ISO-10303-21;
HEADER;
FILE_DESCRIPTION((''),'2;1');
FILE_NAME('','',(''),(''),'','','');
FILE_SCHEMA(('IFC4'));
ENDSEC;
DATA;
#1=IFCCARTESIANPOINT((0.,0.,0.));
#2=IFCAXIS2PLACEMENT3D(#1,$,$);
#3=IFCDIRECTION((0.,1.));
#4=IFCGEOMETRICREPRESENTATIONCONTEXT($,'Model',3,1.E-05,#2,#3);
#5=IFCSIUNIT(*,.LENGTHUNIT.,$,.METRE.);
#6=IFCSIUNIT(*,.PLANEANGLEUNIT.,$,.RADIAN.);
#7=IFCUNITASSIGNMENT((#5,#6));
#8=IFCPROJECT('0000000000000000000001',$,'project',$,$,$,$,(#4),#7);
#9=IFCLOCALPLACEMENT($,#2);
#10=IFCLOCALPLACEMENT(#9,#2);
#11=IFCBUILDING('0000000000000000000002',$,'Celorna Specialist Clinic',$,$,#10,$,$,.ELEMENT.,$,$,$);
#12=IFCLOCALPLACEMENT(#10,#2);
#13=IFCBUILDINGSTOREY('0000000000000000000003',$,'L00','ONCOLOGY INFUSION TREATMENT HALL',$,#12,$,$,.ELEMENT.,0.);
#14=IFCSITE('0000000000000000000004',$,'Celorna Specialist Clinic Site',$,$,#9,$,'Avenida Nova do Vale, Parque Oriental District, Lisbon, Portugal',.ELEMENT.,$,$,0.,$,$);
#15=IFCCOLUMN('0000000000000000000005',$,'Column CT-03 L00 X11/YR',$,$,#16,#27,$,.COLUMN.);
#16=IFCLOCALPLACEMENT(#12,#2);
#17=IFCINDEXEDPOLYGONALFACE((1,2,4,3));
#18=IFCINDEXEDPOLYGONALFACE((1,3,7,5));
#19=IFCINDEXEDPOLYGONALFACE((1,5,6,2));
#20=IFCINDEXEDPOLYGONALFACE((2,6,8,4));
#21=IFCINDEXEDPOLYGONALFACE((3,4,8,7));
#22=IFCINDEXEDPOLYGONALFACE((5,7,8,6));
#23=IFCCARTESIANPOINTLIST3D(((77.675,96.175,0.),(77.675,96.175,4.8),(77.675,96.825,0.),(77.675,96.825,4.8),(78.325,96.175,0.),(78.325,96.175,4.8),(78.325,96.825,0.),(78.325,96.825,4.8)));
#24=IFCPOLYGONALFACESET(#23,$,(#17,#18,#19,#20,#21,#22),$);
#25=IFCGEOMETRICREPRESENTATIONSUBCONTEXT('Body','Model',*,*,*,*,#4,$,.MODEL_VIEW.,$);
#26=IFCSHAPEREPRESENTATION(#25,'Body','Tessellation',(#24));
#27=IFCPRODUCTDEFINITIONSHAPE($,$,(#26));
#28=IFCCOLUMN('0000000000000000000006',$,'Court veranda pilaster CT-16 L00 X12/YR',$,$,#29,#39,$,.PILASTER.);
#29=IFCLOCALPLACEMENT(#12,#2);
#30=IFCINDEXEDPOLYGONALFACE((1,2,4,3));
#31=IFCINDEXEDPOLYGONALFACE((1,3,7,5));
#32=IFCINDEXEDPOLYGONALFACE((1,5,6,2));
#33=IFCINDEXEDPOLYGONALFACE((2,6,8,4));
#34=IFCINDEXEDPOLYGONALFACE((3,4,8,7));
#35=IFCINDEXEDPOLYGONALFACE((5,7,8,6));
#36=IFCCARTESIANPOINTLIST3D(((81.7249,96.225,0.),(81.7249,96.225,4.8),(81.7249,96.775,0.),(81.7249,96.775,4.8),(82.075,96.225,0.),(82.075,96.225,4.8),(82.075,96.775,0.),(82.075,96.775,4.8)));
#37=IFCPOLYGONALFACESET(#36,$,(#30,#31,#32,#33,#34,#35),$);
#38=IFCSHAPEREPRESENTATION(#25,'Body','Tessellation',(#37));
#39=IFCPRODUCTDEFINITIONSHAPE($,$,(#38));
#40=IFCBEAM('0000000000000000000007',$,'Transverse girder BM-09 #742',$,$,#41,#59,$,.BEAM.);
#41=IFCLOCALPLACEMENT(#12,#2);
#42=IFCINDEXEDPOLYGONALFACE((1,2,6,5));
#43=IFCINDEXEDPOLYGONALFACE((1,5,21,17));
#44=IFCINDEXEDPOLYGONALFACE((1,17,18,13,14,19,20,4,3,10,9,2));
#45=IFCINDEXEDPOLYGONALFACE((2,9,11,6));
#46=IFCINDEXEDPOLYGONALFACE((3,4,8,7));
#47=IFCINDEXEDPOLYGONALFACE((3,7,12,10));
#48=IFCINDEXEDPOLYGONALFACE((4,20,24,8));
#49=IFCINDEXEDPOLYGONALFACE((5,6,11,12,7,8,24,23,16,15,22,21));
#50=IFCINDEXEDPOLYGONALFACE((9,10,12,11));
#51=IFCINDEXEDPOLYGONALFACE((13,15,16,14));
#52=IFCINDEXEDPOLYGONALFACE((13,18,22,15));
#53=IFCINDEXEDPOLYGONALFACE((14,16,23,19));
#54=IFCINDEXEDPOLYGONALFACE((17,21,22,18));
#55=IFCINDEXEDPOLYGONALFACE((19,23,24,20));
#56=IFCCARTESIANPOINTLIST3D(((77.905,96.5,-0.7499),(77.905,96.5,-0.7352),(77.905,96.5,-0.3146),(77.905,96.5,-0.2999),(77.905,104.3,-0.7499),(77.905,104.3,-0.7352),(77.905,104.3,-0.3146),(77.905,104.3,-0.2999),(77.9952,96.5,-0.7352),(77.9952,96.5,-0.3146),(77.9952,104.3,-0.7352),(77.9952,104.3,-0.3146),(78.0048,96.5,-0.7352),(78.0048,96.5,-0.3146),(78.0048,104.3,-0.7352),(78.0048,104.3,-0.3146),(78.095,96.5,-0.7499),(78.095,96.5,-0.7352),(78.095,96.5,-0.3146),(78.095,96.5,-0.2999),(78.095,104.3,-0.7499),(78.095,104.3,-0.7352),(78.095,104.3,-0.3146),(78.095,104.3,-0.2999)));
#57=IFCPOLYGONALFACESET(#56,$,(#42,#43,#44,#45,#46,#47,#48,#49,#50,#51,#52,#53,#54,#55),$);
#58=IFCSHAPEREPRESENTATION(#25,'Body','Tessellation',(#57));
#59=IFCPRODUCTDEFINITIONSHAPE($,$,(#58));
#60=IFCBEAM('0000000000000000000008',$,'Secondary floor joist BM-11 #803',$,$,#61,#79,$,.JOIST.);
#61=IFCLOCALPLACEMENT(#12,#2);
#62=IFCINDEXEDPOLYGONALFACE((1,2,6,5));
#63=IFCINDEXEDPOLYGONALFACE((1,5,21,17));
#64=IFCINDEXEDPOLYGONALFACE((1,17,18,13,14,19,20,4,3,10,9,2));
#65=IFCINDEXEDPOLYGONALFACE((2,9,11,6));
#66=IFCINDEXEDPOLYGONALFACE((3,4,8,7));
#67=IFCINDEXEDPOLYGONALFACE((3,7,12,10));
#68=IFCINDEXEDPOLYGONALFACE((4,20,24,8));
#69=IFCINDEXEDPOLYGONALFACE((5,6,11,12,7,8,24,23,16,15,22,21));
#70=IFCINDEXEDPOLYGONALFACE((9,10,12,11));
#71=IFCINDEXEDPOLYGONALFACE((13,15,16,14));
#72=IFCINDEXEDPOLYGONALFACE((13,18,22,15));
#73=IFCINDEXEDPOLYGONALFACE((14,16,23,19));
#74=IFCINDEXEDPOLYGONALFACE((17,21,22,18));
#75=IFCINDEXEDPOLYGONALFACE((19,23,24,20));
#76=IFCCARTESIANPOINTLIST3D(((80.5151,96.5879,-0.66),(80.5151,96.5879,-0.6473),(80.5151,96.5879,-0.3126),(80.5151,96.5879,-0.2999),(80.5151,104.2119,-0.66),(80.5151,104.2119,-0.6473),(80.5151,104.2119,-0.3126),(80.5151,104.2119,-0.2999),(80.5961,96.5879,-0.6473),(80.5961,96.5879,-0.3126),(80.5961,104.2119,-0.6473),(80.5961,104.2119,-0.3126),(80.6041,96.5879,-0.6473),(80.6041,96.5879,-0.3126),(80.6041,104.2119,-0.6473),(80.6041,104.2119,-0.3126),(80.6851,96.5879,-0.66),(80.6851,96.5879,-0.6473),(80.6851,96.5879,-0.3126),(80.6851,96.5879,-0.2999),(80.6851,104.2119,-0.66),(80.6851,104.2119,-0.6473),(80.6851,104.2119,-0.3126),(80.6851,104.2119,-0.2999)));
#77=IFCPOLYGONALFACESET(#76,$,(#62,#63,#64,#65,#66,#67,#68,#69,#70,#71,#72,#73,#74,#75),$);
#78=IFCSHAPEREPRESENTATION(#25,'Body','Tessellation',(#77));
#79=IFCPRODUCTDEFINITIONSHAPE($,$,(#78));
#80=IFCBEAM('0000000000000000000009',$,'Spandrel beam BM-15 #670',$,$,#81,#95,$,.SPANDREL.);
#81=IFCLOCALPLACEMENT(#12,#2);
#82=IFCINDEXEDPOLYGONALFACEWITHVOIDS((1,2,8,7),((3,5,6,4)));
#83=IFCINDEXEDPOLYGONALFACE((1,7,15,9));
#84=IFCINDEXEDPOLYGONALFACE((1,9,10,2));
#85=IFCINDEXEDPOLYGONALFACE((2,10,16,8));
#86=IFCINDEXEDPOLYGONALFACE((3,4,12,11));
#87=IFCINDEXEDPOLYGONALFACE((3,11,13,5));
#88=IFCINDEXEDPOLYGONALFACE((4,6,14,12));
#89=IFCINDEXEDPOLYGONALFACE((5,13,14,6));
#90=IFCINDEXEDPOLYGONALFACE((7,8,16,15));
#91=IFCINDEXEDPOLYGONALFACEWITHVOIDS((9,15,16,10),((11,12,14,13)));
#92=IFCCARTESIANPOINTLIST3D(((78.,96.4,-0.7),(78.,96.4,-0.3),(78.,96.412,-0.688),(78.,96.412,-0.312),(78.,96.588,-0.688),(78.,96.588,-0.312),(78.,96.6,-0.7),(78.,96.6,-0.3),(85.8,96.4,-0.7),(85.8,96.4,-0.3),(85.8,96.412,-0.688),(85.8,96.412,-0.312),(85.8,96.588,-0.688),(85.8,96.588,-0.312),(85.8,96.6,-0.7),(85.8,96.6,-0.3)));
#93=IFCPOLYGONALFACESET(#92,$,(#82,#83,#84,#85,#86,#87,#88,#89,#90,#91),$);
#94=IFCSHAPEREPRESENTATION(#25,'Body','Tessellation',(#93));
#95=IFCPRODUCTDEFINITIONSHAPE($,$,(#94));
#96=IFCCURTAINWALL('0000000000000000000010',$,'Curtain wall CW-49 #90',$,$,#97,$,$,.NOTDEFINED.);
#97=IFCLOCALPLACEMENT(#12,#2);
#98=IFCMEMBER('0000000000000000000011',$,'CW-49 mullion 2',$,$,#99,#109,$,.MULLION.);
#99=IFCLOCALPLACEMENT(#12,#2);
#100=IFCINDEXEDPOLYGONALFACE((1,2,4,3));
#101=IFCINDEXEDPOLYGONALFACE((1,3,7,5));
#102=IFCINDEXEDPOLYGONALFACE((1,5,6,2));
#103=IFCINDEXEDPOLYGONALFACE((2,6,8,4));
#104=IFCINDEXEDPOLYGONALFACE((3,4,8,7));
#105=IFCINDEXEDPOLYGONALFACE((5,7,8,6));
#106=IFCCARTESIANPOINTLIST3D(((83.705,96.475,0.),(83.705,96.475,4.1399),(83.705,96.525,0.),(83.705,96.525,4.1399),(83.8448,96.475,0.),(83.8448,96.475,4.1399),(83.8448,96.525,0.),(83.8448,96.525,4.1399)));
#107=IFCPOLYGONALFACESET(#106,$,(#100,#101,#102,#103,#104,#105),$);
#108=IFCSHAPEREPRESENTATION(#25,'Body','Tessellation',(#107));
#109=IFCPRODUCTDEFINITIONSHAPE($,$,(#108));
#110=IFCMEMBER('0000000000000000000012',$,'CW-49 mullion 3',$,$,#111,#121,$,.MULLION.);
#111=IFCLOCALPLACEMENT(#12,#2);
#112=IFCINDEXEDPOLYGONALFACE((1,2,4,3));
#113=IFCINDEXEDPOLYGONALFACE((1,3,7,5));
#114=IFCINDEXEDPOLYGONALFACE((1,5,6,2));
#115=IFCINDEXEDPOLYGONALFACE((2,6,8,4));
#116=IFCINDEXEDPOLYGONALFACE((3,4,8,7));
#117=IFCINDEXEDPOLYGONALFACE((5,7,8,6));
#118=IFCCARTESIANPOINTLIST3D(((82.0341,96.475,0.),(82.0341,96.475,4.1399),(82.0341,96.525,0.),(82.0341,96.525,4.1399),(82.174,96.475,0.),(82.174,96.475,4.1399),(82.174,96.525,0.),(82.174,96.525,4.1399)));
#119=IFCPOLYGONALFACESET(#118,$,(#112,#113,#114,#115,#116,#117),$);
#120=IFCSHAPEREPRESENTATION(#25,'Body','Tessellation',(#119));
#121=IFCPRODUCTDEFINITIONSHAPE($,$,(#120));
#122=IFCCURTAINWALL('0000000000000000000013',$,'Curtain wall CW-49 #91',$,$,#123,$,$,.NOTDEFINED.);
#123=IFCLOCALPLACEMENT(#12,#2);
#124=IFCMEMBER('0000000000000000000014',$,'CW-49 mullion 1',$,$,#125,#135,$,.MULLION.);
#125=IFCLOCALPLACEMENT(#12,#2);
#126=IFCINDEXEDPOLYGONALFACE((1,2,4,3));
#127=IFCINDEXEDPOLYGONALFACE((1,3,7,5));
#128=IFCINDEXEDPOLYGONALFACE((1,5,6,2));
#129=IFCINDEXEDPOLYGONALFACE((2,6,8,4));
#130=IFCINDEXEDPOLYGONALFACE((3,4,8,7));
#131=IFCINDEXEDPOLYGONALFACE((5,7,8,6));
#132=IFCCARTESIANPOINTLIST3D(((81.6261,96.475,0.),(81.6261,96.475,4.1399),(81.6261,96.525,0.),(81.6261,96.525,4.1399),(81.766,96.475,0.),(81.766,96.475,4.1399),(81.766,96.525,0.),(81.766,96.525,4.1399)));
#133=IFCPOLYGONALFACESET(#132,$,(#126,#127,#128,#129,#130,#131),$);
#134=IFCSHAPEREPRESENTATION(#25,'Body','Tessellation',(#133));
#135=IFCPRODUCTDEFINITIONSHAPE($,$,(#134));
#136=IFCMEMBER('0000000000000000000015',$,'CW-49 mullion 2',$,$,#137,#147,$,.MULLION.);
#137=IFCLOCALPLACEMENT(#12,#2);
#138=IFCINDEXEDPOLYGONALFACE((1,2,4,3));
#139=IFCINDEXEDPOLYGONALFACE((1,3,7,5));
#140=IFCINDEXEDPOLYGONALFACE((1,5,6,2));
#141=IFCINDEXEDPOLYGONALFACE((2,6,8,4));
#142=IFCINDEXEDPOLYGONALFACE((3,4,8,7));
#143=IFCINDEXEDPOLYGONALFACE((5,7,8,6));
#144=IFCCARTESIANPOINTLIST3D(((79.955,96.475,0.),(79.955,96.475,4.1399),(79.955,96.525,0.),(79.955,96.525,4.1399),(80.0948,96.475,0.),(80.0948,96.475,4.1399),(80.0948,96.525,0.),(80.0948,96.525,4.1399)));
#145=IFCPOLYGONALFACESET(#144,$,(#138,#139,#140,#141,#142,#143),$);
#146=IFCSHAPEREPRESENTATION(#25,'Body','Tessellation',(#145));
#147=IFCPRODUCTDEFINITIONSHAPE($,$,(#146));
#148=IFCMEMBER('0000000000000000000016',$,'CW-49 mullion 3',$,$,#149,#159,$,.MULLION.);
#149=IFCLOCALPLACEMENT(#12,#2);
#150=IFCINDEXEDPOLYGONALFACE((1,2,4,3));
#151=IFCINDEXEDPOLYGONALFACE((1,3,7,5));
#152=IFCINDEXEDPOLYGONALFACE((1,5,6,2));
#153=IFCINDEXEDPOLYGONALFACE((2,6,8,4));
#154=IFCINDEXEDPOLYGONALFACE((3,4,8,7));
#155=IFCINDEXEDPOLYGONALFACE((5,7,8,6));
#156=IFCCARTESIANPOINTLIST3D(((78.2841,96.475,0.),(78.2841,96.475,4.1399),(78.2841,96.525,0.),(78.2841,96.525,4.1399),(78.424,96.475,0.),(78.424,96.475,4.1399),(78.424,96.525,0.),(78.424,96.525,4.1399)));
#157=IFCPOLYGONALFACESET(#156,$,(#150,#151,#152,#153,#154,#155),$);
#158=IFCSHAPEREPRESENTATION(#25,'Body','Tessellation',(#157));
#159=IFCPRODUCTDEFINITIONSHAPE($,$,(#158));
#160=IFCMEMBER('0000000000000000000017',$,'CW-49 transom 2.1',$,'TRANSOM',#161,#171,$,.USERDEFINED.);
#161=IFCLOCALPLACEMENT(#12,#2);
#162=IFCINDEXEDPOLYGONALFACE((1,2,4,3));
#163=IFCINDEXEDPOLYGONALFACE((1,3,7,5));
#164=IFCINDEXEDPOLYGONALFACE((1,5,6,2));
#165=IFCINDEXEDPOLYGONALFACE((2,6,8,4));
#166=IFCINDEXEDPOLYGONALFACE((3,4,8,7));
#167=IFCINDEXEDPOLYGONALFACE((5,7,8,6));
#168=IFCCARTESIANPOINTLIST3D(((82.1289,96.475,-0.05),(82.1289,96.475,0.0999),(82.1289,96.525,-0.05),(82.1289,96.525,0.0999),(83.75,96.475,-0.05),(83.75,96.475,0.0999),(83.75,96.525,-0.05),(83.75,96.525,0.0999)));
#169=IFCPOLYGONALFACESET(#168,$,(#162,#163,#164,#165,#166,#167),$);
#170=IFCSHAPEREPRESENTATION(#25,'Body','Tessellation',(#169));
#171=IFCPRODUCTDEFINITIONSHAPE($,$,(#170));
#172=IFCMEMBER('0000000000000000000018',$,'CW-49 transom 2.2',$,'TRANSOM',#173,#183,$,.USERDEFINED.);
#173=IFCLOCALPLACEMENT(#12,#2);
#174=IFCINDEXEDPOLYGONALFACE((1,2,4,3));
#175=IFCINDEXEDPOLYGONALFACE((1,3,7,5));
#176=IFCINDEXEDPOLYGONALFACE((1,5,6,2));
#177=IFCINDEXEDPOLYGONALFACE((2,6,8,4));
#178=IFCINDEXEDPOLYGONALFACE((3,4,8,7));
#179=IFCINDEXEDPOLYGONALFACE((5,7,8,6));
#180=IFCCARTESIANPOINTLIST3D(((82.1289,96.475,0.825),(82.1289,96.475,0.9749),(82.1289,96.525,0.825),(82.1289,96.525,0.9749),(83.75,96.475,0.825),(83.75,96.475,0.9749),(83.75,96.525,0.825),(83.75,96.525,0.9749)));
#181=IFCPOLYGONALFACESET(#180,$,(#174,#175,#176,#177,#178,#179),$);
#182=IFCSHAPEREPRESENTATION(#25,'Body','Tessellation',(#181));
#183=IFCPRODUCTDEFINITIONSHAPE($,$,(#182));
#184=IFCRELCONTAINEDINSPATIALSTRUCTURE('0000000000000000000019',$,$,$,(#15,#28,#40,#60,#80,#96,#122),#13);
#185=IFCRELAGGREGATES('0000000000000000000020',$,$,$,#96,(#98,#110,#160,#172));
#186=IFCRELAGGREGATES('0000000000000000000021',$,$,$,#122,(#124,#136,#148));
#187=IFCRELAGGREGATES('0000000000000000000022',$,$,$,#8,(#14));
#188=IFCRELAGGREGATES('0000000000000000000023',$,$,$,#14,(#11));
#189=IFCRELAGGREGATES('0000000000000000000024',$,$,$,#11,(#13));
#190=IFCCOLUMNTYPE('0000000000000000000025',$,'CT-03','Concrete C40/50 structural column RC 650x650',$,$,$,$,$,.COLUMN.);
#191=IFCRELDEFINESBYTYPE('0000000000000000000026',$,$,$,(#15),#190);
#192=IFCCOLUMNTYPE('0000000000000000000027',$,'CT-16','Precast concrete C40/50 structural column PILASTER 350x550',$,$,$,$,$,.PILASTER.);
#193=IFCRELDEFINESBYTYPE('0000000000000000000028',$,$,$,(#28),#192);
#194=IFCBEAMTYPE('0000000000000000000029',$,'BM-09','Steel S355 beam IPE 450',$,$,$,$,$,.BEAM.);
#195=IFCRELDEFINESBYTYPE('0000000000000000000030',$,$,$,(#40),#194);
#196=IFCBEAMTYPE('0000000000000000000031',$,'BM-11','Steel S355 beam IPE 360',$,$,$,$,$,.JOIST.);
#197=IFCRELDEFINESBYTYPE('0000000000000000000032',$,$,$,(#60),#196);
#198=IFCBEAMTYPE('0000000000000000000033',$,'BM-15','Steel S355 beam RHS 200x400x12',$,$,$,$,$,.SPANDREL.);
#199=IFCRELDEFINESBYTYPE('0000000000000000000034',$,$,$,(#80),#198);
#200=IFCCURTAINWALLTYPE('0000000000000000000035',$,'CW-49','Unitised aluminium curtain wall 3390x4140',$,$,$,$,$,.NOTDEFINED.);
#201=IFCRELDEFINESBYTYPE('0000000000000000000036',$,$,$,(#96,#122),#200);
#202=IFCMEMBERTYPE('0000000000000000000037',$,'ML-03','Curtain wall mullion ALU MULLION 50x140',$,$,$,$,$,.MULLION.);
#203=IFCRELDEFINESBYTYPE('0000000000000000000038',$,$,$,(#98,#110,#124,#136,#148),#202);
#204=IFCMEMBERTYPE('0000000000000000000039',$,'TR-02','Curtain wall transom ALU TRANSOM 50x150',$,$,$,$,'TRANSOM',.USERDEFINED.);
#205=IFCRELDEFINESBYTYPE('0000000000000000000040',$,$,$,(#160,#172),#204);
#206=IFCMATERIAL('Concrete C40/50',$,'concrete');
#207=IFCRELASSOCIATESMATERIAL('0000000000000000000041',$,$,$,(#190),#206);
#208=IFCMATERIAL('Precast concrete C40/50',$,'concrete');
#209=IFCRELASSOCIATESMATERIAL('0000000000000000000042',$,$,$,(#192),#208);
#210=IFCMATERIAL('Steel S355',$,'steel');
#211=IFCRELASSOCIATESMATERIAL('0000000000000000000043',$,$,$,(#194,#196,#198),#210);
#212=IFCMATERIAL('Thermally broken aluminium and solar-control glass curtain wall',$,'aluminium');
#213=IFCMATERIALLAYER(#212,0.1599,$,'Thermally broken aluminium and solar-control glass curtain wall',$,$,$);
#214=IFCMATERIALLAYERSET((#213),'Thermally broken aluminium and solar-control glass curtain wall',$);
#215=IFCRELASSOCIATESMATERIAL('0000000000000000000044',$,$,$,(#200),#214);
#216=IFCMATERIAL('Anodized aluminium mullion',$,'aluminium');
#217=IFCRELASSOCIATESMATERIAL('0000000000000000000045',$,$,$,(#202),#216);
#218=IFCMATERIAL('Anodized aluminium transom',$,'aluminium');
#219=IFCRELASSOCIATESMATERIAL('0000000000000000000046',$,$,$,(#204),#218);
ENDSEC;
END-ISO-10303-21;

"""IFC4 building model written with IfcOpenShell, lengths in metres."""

from ifc_helpers import new_model, si_unit, direction, frame, origin, origin_2d, place, context, subcontext, project, spatial, rectangle, hollow_rectangle, i_section, extrude, material, layer, layer_set, material_profile, profile_set, type_object, element, aggregate, save


model = new_model("IFC4")

# Units and contexts
model_context = context("Model", 3, precision=1e-05, world=origin(), true_north=direction((0.0, 1.0)))
body_context = subcontext(model_context, "Body", "Model", "MODEL_VIEW")
ifc_project = project(units=[si_unit("LENGTHUNIT", "METRE"), si_unit("PLANEANGLEUNIT", "RADIAN")], contexts=[model_context])

# Site, building, storey
site_placement = place(None, origin())
site = spatial("IfcSite", under=ifc_project, at=site_placement, Name="Celorna Specialist Clinic Site", LongName="Avenida Nova do Vale, Parque Oriental District, Lisbon, Portugal", CompositionType="ELEMENT", RefElevation=0.0)
building_placement = place(site_placement, origin())
building = spatial("IfcBuilding", under=site, at=building_placement, Name="Celorna Specialist Clinic", CompositionType="ELEMENT")
storey_placement = place(building_placement, origin())
storey = spatial("IfcBuildingStorey", under=building, at=storey_placement, Name="L00", Description="ONCOLOGY INFUSION TREATMENT HALL", CompositionType="ELEMENT", Elevation=0.0)

# Columns
ifc_material_1 = material(Name="Concrete C40/50", Category="concrete")
ifc_material_profile_1 = material_profile(ifc_material_1, rectangle(XDim=0.6499, YDim=0.6499, at=origin_2d()), Name="RC 650x650")
ifc_profile_set_1 = profile_set([ifc_material_profile_1], Name="Concrete C40/50")
column_type_1 = type_object("IfcColumnType", Name="CT-03", Description="Concrete C40/50 structural column RC 650x650", PredefinedType="COLUMN", material=ifc_profile_set_1)
column_1_placement = place(storey_placement, frame((78.0, 96.5, 0.0), z_axis=(0.0, 0.0, 1.0), x_axis=(1.0, 0.0, 0.0)))
element("IfcColumn", 1, at=column_1_placement, inside=storey, type_object=column_type_1, Name="Column CT-03 L00 X11/YR", PredefinedType="COLUMN", context=body_context, shape_type="SweptSolid", body=[
    extrude(rectangle(XDim=0.6499, YDim=0.6499, at=origin_2d()), origin(), (0.0, 0.0, 1.0), 4.8),
])
ifc_material_2 = material(Name="Precast concrete C40/50", Category="concrete")
ifc_material_profile_2 = material_profile(ifc_material_2, rectangle(XDim=0.3501, YDim=0.55, at=origin_2d()), Name="PILASTER 350x550")
ifc_profile_set_2 = profile_set([ifc_material_profile_2], Name="Precast concrete C40/50")
column_type_2 = type_object("IfcColumnType", Name="CT-16", Description="Precast concrete C40/50 structural column PILASTER 350x550", PredefinedType="PILASTER", material=ifc_profile_set_2)
column_2_placement = place(storey_placement, frame((81.8999, 96.5, 0.0), z_axis=(0.0, 0.0, 1.0), x_axis=(1.0, 0.0, 0.0)))
element("IfcColumn", 2, at=column_2_placement, inside=storey, type_object=column_type_2, Name="Court veranda pilaster CT-16 L00 X12/YR", PredefinedType="PILASTER", context=body_context, shape_type="SweptSolid", body=[
    extrude(rectangle(XDim=0.3501, YDim=0.55, at=origin_2d()), origin(), (0.0, 0.0, 1.0), 4.8),
])

# Beams
ifc_material_3 = material(Name="Steel S355", Category="steel")
ifc_material_profile_3 = material_profile(ifc_material_3, i_section(OverallWidth=0.1899, OverallDepth=0.45, WebThickness=0.0095, FlangeThickness=0.0146, at=origin_2d()), Name="IPE 450")
ifc_profile_set_3 = profile_set([ifc_material_profile_3], Name="Steel S355")
beam_type_1 = type_object("IfcBeamType", Name="BM-09", Description="Steel S355 beam IPE 450", PredefinedType="BEAM", material=ifc_profile_set_3)
beam_1_placement = place(storey_placement, frame((78.0, 96.5, -0.5249), z_axis=(0.0, 1.0, 0.0), x_axis=(-1.0, 0.0, 0.0)))
element("IfcBeam", 3, at=beam_1_placement, inside=storey, type_object=beam_type_1, Name="Transverse girder BM-09 #742", PredefinedType="BEAM", context=body_context, shape_type="SweptSolid", body=[
    extrude(i_section(OverallWidth=0.1899, OverallDepth=0.45, WebThickness=0.0095, FlangeThickness=0.0146, at=origin_2d()), origin(), (0.0, 0.0, 1.0), 7.8),
])
ifc_material_profile_4 = material_profile(ifc_material_3, i_section(OverallWidth=0.1699, OverallDepth=0.3601, WebThickness=0.0081, FlangeThickness=0.0127, at=origin_2d()), Name="IPE 360")
ifc_profile_set_4 = profile_set([ifc_material_profile_4], Name="Steel S355")
beam_type_2 = type_object("IfcBeamType", Name="BM-11", Description="Steel S355 beam IPE 360", PredefinedType="JOIST", material=ifc_profile_set_4)
beam_2_placement = place(storey_placement, frame((80.6001, 96.5879, -0.48), z_axis=(0.0, 1.0, 0.0), x_axis=(-1.0, 0.0, 0.0)))
element("IfcBeam", 4, at=beam_2_placement, inside=storey, type_object=beam_type_2, Name="Secondary floor joist BM-11 #803", PredefinedType="JOIST", context=body_context, shape_type="SweptSolid", body=[
    extrude(i_section(OverallWidth=0.1699, OverallDepth=0.3601, WebThickness=0.0081, FlangeThickness=0.0127, at=origin_2d()), origin(), (0.0, 0.0, 1.0), 7.624),
])
ifc_material_profile_5 = material_profile(ifc_material_3, hollow_rectangle(XDim=0.2, YDim=0.3999, WallThickness=0.012, at=origin_2d()), Name="RHS 200x400x12")
ifc_profile_set_5 = profile_set([ifc_material_profile_5], Name="Steel S355")
beam_type_3 = type_object("IfcBeamType", Name="BM-15", Description="Steel S355 beam RHS 200x400x12", PredefinedType="SPANDREL", material=ifc_profile_set_5)
beam_3_placement = place(storey_placement, frame((78.0, 96.5, -0.5), z_axis=(1.0, 0.0, 0.0), x_axis=(0.0, 1.0, 0.0)))
element("IfcBeam", 5, at=beam_3_placement, inside=storey, type_object=beam_type_3, Name="Spandrel beam BM-15 #670", PredefinedType="SPANDREL", context=body_context, shape_type="SweptSolid", body=[
    extrude(hollow_rectangle(XDim=0.2, YDim=0.3999, WallThickness=0.012, at=origin_2d()), origin(), (0.0, 0.0, 1.0), 7.8),
])

# Curtain walls, members
ifc_material_4 = material(Name="Thermally broken aluminium and solar-control glass curtain wall", Category="aluminium")
ifc_layer_1 = layer(ifc_material_4, 0.1599, Name="Thermally broken aluminium and solar-control glass curtain wall")
ifc_layer_set_1 = layer_set([ifc_layer_1], Name="Thermally broken aluminium and solar-control glass curtain wall")
curtain_wall_type = type_object("IfcCurtainWallType", Name="CW-49", Description="Unitised aluminium curtain wall 3390x4140", PredefinedType="NOTDEFINED", material=ifc_layer_set_1)
curtain_wall_1_placement = place(storey_placement, origin())
curtain_wall_1 = element("IfcCurtainWall", 6, at=curtain_wall_1_placement, inside=storey, type_object=curtain_wall_type, Name="Curtain wall CW-49 #90", PredefinedType="NOTDEFINED")
ifc_material_5 = material(Name="Anodized aluminium mullion", Category="aluminium")
ifc_material_profile_6 = material_profile(ifc_material_5, rectangle(XDim=0.05, YDim=0.1399, at=origin_2d()), Name="ALU MULLION 50x140")
ifc_profile_set_6 = profile_set([ifc_material_profile_6], Name="Anodized aluminium mullion")
member_type_1 = type_object("IfcMemberType", Name="ML-03", Description="Curtain wall mullion ALU MULLION 50x140", PredefinedType="MULLION", material=ifc_profile_set_6)
member_1_placement = place(storey_placement, frame((83.7749, 96.5, 0.0), z_axis=(0.0, 0.0, 1.0), x_axis=(0.0, -1.0, 0.0)))
member_1 = element("IfcMember", 7, at=member_1_placement, type_object=member_type_1, Name="CW-49 mullion 2", PredefinedType="MULLION", context=body_context, shape_type="SweptSolid", body=[
    extrude(rectangle(XDim=0.05, YDim=0.1399, at=origin_2d()), origin(), (0.0, 0.0, 1.0), 4.1399),
])
member_2_placement = place(storey_placement, frame((82.104, 96.5, 0.0), z_axis=(0.0, 0.0, 1.0), x_axis=(0.0, -1.0, 0.0)))
member_2 = element("IfcMember", 8, at=member_2_placement, type_object=member_type_1, Name="CW-49 mullion 3", PredefinedType="MULLION", context=body_context, shape_type="SweptSolid", body=[
    extrude(rectangle(XDim=0.05, YDim=0.1399, at=origin_2d()), origin(), (0.0, 0.0, 1.0), 4.1399),
])
curtain_wall_2_placement = place(storey_placement, origin())
curtain_wall_2 = element("IfcCurtainWall", 9, at=curtain_wall_2_placement, inside=storey, type_object=curtain_wall_type, Name="Curtain wall CW-49 #91", PredefinedType="NOTDEFINED")
member_3_placement = place(storey_placement, frame((81.696, 96.5, 0.0), z_axis=(0.0, 0.0, 1.0), x_axis=(0.0, -1.0, 0.0)))
member_3 = element("IfcMember", 10, at=member_3_placement, type_object=member_type_1, Name="CW-49 mullion 1", PredefinedType="MULLION", context=body_context, shape_type="SweptSolid", body=[
    extrude(rectangle(XDim=0.05, YDim=0.1399, at=origin_2d()), origin(), (0.0, 0.0, 1.0), 4.1399),
])
member_4_placement = place(storey_placement, frame((80.0249, 96.5, 0.0), z_axis=(0.0, 0.0, 1.0), x_axis=(0.0, -1.0, 0.0)))
member_4 = element("IfcMember", 11, at=member_4_placement, type_object=member_type_1, Name="CW-49 mullion 2", PredefinedType="MULLION", context=body_context, shape_type="SweptSolid", body=[
    extrude(rectangle(XDim=0.05, YDim=0.1399, at=origin_2d()), origin(), (0.0, 0.0, 1.0), 4.1399),
])
member_5_placement = place(storey_placement, frame((78.354, 96.5, 0.0), z_axis=(0.0, 0.0, 1.0), x_axis=(0.0, -1.0, 0.0)))
member_5 = element("IfcMember", 12, at=member_5_placement, type_object=member_type_1, Name="CW-49 mullion 3", PredefinedType="MULLION", context=body_context, shape_type="SweptSolid", body=[
    extrude(rectangle(XDim=0.05, YDim=0.1399, at=origin_2d()), origin(), (0.0, 0.0, 1.0), 4.1399),
])

# Members
ifc_material_6 = material(Name="Anodized aluminium transom", Category="aluminium")
ifc_material_profile_7 = material_profile(ifc_material_6, rectangle(XDim=0.05, YDim=0.1499, at=origin_2d()), Name="ALU TRANSOM 50x150")
ifc_profile_set_7 = profile_set([ifc_material_profile_7], Name="Anodized aluminium transom")
member_type_2 = type_object("IfcMemberType", Name="TR-02", Description="Curtain wall transom ALU TRANSOM 50x150", ElementType="TRANSOM", PredefinedType="USERDEFINED", material=ifc_profile_set_7)
member_6_placement = place(storey_placement, frame((83.75, 96.5, 0.0249), z_axis=(-1.0, 0.0, 0.0), x_axis=(0.0, -1.0, 0.0)))
member_6 = element("IfcMember", 13, at=member_6_placement, type_object=member_type_2, Name="CW-49 transom 2.1", ObjectType="TRANSOM", PredefinedType="USERDEFINED", context=body_context, shape_type="SweptSolid", body=[
    extrude(rectangle(XDim=0.05, YDim=0.1499, at=origin_2d()), origin(), (0.0, 0.0, 1.0), 1.6211),
])
member_7_placement = place(storey_placement, frame((83.75, 96.5, 0.8999), z_axis=(-1.0, 0.0, 0.0), x_axis=(0.0, -1.0, 0.0)))
member_7 = element("IfcMember", 14, at=member_7_placement, type_object=member_type_2, Name="CW-49 transom 2.2", ObjectType="TRANSOM", PredefinedType="USERDEFINED", context=body_context, shape_type="SweptSolid", body=[
    extrude(rectangle(XDim=0.05, YDim=0.1499, at=origin_2d()), origin(), (0.0, 0.0, 1.0), 1.6211),
])

aggregate(curtain_wall_1, [member_1, member_2, member_6, member_7])
aggregate(curtain_wall_2, [member_3, member_4, member_5])

save(model, "model.ifc")
